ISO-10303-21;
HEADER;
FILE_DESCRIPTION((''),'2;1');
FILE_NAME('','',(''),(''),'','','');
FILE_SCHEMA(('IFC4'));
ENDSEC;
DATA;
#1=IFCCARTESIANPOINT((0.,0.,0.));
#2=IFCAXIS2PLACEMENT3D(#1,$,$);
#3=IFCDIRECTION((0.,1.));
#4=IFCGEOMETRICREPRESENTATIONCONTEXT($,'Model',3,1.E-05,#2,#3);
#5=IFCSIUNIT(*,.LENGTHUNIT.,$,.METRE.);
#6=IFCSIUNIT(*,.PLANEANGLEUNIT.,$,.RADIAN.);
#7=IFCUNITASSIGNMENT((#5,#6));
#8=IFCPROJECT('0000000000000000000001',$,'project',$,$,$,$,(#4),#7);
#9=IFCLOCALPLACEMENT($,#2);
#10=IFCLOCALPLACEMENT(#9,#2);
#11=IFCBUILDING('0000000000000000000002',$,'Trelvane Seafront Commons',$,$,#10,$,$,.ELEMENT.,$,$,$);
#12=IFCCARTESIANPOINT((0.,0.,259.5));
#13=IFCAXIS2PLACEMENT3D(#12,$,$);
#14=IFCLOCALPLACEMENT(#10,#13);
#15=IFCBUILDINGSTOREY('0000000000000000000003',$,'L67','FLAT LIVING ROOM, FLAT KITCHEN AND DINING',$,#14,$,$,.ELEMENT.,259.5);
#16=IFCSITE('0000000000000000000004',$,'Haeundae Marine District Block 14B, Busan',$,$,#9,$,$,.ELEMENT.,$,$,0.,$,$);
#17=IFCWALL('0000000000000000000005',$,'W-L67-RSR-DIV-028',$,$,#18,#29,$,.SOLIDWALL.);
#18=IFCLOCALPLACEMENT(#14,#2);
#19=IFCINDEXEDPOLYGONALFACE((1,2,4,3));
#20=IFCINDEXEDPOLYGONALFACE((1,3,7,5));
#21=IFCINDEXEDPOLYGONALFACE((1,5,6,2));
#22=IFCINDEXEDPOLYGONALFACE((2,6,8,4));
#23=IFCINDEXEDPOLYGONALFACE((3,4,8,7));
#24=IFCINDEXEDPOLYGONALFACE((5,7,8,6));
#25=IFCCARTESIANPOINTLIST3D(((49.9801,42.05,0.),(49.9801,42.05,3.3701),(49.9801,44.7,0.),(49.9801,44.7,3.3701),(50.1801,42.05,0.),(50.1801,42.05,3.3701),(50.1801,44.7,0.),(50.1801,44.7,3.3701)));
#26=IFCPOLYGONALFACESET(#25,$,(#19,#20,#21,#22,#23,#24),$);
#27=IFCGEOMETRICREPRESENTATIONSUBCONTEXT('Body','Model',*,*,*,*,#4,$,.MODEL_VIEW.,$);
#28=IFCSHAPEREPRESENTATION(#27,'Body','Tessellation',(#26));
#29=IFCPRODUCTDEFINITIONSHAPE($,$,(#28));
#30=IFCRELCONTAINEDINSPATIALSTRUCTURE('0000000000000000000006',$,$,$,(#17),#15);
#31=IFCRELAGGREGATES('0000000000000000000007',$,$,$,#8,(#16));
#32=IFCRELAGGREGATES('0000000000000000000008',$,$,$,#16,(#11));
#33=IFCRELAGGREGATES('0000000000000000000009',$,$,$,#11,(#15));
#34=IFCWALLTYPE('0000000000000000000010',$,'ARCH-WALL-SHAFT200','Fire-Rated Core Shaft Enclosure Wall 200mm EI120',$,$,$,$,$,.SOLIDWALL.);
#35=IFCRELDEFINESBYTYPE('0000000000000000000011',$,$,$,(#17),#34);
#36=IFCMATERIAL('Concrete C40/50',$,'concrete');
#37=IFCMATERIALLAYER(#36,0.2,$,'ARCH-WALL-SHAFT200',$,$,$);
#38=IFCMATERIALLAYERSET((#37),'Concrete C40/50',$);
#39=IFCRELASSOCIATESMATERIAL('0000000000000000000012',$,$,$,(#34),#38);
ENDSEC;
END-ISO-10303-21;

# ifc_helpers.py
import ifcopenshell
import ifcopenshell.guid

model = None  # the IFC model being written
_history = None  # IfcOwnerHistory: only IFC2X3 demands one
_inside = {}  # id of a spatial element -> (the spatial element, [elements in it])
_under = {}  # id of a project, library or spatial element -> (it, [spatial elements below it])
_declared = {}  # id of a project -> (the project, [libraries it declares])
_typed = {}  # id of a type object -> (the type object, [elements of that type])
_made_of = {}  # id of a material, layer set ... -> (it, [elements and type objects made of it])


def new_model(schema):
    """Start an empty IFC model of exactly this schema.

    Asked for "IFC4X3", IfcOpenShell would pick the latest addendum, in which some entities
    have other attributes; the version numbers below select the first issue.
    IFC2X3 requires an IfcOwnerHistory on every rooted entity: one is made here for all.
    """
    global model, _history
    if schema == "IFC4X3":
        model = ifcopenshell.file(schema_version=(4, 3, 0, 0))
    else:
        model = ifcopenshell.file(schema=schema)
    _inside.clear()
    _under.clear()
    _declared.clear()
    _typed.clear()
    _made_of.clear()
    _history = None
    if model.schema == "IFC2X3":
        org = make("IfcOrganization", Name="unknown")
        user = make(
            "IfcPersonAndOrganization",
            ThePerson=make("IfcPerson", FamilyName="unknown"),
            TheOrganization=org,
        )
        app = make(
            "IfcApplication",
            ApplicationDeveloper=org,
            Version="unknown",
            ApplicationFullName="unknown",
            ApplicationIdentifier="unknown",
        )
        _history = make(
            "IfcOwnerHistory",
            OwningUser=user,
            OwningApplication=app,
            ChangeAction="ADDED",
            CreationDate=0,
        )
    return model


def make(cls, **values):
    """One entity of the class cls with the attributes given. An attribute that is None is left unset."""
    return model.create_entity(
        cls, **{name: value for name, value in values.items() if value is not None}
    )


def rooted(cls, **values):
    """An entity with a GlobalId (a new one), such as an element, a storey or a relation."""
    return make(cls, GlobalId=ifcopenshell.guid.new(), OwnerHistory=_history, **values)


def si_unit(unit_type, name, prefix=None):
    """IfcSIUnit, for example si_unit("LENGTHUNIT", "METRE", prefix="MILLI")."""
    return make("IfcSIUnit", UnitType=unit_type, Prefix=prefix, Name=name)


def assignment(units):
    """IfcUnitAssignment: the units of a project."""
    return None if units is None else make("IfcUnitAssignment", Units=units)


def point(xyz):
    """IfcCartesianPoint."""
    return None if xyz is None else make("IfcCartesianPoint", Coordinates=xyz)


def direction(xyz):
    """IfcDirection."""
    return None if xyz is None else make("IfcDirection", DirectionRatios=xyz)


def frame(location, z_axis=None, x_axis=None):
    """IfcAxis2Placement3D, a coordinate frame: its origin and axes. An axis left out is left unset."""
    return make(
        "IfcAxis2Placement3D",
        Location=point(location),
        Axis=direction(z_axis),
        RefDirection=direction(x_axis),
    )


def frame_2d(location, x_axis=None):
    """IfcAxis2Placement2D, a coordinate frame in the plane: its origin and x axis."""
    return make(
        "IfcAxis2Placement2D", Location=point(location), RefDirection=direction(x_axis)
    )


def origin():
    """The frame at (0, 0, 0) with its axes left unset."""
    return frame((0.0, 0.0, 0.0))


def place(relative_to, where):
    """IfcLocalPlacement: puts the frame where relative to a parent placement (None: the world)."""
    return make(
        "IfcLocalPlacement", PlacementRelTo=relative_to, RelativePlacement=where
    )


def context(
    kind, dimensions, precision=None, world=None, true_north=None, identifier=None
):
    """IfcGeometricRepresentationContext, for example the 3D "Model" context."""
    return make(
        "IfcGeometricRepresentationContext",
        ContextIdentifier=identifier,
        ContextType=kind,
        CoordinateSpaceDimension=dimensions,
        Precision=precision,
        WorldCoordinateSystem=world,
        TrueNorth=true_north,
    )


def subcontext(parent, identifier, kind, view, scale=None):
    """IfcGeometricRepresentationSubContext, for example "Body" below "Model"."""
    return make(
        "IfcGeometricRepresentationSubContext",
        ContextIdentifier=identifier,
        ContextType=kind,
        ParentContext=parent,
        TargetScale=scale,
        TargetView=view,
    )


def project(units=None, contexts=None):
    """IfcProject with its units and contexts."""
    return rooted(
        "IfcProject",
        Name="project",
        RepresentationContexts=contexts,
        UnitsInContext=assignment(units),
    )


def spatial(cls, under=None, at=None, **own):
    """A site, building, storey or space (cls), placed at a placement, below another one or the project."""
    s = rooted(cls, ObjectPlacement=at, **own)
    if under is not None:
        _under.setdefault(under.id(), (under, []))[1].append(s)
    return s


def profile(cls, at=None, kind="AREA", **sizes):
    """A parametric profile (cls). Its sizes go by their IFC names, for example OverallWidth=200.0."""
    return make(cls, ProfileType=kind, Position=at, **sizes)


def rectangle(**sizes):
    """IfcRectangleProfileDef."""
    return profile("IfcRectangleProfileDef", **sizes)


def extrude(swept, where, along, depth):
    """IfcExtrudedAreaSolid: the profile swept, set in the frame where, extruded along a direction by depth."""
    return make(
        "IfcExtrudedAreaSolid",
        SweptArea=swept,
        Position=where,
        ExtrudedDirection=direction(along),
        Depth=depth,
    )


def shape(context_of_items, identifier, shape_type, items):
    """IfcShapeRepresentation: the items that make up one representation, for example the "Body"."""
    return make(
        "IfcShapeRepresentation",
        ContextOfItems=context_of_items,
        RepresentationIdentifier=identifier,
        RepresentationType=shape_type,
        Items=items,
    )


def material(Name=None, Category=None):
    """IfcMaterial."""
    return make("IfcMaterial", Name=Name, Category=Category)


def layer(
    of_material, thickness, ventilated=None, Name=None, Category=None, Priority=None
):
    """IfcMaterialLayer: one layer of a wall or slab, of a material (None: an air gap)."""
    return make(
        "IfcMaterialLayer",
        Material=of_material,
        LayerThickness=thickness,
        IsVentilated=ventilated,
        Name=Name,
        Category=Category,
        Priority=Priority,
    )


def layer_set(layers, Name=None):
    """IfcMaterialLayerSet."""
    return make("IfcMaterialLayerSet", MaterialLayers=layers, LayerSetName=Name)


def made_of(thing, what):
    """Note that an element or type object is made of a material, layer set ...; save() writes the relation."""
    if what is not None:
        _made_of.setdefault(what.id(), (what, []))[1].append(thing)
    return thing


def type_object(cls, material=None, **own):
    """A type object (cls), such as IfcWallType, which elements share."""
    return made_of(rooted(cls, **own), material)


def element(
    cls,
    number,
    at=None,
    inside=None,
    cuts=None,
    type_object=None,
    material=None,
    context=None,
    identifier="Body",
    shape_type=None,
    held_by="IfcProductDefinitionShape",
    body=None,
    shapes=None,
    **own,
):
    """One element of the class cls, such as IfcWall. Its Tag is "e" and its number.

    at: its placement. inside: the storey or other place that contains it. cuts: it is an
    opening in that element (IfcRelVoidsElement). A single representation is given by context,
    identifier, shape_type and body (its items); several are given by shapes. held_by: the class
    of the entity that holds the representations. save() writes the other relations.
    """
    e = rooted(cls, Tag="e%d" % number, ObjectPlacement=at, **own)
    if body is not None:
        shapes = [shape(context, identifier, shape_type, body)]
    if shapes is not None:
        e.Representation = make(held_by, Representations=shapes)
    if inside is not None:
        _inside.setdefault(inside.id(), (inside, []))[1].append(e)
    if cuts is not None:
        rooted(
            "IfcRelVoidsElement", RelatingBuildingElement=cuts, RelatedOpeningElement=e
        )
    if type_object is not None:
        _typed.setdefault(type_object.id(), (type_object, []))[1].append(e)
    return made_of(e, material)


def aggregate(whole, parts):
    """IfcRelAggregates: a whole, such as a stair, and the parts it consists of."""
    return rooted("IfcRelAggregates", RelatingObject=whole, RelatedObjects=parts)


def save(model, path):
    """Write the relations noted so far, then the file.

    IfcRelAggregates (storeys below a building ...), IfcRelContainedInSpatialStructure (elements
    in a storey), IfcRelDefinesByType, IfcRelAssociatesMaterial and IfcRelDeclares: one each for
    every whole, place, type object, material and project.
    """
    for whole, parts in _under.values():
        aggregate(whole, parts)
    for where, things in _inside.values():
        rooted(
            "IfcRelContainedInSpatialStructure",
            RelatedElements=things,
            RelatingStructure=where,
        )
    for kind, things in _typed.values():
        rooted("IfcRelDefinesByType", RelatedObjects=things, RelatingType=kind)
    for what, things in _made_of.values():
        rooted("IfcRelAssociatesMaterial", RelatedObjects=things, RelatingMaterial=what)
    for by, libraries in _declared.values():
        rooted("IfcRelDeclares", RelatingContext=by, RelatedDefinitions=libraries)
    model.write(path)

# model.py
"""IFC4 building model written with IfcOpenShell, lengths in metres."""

from ifc_helpers import new_model, si_unit, direction, frame, frame_2d, origin, place, context, subcontext, project, spatial, rectangle, extrude, material, layer, layer_set, type_object, element, save


model = new_model("IFC4")

# Units and contexts
model_context = context("Model", 3, precision=1e-05, world=origin(), true_north=direction((0.0, 1.0)))
body_context = subcontext(model_context, "Body", "Model", "MODEL_VIEW")
ifc_project = project(units=[si_unit("LENGTHUNIT", "METRE"), si_unit("PLANEANGLEUNIT", "RADIAN")], contexts=[model_context])

# Site, building, storey
site_placement = place(None, origin())
site = spatial("IfcSite", under=ifc_project, at=site_placement, Name="Haeundae Marine District Block 14B, Busan", CompositionType="ELEMENT", RefElevation=0.0)
building_placement = place(site_placement, origin())
building = spatial("IfcBuilding", under=site, at=building_placement, Name="Trelvane Seafront Commons", CompositionType="ELEMENT")
storey_placement = place(building_placement, frame((0.0, 0.0, 259.5)))
storey = spatial("IfcBuildingStorey", under=building, at=storey_placement, Name="L67", Description="FLAT LIVING ROOM, FLAT KITCHEN AND DINING", CompositionType="ELEMENT", Elevation=259.5)

# Shared definitions
ifc_material_1 = material(Name="Concrete C40/50", Category="concrete")
ifc_layer_1 = layer(ifc_material_1, 0.2, Name="ARCH-WALL-SHAFT200")
ifc_layer_set_1 = layer_set([ifc_layer_1], Name="Concrete C40/50")
wall_type_1 = type_object("IfcWallType", Name="ARCH-WALL-SHAFT200", Description="Fire-Rated Core Shaft Enclosure Wall 200mm EI120", PredefinedType="SOLIDWALL", material=ifc_layer_set_1)

# Wall
wall_1_placement = place(storey_placement, frame((50.0801, 42.05, 0.0), z_axis=(0.0, 0.0, 1.0), x_axis=(0.0, 1.0, 0.0)))
element("IfcWall", 1, at=wall_1_placement, inside=storey, type_object=wall_type_1, Name="W-L67-RSR-DIV-028", PredefinedType="SOLIDWALL", context=body_context, shape_type="SweptSolid", body=[
    extrude(rectangle(XDim=2.6499, YDim=0.2, at=frame_2d((1.325, 0.0))), origin(), (0.0, 0.0, 1.0), 3.3701),
])

save(model, "model.ifc")
